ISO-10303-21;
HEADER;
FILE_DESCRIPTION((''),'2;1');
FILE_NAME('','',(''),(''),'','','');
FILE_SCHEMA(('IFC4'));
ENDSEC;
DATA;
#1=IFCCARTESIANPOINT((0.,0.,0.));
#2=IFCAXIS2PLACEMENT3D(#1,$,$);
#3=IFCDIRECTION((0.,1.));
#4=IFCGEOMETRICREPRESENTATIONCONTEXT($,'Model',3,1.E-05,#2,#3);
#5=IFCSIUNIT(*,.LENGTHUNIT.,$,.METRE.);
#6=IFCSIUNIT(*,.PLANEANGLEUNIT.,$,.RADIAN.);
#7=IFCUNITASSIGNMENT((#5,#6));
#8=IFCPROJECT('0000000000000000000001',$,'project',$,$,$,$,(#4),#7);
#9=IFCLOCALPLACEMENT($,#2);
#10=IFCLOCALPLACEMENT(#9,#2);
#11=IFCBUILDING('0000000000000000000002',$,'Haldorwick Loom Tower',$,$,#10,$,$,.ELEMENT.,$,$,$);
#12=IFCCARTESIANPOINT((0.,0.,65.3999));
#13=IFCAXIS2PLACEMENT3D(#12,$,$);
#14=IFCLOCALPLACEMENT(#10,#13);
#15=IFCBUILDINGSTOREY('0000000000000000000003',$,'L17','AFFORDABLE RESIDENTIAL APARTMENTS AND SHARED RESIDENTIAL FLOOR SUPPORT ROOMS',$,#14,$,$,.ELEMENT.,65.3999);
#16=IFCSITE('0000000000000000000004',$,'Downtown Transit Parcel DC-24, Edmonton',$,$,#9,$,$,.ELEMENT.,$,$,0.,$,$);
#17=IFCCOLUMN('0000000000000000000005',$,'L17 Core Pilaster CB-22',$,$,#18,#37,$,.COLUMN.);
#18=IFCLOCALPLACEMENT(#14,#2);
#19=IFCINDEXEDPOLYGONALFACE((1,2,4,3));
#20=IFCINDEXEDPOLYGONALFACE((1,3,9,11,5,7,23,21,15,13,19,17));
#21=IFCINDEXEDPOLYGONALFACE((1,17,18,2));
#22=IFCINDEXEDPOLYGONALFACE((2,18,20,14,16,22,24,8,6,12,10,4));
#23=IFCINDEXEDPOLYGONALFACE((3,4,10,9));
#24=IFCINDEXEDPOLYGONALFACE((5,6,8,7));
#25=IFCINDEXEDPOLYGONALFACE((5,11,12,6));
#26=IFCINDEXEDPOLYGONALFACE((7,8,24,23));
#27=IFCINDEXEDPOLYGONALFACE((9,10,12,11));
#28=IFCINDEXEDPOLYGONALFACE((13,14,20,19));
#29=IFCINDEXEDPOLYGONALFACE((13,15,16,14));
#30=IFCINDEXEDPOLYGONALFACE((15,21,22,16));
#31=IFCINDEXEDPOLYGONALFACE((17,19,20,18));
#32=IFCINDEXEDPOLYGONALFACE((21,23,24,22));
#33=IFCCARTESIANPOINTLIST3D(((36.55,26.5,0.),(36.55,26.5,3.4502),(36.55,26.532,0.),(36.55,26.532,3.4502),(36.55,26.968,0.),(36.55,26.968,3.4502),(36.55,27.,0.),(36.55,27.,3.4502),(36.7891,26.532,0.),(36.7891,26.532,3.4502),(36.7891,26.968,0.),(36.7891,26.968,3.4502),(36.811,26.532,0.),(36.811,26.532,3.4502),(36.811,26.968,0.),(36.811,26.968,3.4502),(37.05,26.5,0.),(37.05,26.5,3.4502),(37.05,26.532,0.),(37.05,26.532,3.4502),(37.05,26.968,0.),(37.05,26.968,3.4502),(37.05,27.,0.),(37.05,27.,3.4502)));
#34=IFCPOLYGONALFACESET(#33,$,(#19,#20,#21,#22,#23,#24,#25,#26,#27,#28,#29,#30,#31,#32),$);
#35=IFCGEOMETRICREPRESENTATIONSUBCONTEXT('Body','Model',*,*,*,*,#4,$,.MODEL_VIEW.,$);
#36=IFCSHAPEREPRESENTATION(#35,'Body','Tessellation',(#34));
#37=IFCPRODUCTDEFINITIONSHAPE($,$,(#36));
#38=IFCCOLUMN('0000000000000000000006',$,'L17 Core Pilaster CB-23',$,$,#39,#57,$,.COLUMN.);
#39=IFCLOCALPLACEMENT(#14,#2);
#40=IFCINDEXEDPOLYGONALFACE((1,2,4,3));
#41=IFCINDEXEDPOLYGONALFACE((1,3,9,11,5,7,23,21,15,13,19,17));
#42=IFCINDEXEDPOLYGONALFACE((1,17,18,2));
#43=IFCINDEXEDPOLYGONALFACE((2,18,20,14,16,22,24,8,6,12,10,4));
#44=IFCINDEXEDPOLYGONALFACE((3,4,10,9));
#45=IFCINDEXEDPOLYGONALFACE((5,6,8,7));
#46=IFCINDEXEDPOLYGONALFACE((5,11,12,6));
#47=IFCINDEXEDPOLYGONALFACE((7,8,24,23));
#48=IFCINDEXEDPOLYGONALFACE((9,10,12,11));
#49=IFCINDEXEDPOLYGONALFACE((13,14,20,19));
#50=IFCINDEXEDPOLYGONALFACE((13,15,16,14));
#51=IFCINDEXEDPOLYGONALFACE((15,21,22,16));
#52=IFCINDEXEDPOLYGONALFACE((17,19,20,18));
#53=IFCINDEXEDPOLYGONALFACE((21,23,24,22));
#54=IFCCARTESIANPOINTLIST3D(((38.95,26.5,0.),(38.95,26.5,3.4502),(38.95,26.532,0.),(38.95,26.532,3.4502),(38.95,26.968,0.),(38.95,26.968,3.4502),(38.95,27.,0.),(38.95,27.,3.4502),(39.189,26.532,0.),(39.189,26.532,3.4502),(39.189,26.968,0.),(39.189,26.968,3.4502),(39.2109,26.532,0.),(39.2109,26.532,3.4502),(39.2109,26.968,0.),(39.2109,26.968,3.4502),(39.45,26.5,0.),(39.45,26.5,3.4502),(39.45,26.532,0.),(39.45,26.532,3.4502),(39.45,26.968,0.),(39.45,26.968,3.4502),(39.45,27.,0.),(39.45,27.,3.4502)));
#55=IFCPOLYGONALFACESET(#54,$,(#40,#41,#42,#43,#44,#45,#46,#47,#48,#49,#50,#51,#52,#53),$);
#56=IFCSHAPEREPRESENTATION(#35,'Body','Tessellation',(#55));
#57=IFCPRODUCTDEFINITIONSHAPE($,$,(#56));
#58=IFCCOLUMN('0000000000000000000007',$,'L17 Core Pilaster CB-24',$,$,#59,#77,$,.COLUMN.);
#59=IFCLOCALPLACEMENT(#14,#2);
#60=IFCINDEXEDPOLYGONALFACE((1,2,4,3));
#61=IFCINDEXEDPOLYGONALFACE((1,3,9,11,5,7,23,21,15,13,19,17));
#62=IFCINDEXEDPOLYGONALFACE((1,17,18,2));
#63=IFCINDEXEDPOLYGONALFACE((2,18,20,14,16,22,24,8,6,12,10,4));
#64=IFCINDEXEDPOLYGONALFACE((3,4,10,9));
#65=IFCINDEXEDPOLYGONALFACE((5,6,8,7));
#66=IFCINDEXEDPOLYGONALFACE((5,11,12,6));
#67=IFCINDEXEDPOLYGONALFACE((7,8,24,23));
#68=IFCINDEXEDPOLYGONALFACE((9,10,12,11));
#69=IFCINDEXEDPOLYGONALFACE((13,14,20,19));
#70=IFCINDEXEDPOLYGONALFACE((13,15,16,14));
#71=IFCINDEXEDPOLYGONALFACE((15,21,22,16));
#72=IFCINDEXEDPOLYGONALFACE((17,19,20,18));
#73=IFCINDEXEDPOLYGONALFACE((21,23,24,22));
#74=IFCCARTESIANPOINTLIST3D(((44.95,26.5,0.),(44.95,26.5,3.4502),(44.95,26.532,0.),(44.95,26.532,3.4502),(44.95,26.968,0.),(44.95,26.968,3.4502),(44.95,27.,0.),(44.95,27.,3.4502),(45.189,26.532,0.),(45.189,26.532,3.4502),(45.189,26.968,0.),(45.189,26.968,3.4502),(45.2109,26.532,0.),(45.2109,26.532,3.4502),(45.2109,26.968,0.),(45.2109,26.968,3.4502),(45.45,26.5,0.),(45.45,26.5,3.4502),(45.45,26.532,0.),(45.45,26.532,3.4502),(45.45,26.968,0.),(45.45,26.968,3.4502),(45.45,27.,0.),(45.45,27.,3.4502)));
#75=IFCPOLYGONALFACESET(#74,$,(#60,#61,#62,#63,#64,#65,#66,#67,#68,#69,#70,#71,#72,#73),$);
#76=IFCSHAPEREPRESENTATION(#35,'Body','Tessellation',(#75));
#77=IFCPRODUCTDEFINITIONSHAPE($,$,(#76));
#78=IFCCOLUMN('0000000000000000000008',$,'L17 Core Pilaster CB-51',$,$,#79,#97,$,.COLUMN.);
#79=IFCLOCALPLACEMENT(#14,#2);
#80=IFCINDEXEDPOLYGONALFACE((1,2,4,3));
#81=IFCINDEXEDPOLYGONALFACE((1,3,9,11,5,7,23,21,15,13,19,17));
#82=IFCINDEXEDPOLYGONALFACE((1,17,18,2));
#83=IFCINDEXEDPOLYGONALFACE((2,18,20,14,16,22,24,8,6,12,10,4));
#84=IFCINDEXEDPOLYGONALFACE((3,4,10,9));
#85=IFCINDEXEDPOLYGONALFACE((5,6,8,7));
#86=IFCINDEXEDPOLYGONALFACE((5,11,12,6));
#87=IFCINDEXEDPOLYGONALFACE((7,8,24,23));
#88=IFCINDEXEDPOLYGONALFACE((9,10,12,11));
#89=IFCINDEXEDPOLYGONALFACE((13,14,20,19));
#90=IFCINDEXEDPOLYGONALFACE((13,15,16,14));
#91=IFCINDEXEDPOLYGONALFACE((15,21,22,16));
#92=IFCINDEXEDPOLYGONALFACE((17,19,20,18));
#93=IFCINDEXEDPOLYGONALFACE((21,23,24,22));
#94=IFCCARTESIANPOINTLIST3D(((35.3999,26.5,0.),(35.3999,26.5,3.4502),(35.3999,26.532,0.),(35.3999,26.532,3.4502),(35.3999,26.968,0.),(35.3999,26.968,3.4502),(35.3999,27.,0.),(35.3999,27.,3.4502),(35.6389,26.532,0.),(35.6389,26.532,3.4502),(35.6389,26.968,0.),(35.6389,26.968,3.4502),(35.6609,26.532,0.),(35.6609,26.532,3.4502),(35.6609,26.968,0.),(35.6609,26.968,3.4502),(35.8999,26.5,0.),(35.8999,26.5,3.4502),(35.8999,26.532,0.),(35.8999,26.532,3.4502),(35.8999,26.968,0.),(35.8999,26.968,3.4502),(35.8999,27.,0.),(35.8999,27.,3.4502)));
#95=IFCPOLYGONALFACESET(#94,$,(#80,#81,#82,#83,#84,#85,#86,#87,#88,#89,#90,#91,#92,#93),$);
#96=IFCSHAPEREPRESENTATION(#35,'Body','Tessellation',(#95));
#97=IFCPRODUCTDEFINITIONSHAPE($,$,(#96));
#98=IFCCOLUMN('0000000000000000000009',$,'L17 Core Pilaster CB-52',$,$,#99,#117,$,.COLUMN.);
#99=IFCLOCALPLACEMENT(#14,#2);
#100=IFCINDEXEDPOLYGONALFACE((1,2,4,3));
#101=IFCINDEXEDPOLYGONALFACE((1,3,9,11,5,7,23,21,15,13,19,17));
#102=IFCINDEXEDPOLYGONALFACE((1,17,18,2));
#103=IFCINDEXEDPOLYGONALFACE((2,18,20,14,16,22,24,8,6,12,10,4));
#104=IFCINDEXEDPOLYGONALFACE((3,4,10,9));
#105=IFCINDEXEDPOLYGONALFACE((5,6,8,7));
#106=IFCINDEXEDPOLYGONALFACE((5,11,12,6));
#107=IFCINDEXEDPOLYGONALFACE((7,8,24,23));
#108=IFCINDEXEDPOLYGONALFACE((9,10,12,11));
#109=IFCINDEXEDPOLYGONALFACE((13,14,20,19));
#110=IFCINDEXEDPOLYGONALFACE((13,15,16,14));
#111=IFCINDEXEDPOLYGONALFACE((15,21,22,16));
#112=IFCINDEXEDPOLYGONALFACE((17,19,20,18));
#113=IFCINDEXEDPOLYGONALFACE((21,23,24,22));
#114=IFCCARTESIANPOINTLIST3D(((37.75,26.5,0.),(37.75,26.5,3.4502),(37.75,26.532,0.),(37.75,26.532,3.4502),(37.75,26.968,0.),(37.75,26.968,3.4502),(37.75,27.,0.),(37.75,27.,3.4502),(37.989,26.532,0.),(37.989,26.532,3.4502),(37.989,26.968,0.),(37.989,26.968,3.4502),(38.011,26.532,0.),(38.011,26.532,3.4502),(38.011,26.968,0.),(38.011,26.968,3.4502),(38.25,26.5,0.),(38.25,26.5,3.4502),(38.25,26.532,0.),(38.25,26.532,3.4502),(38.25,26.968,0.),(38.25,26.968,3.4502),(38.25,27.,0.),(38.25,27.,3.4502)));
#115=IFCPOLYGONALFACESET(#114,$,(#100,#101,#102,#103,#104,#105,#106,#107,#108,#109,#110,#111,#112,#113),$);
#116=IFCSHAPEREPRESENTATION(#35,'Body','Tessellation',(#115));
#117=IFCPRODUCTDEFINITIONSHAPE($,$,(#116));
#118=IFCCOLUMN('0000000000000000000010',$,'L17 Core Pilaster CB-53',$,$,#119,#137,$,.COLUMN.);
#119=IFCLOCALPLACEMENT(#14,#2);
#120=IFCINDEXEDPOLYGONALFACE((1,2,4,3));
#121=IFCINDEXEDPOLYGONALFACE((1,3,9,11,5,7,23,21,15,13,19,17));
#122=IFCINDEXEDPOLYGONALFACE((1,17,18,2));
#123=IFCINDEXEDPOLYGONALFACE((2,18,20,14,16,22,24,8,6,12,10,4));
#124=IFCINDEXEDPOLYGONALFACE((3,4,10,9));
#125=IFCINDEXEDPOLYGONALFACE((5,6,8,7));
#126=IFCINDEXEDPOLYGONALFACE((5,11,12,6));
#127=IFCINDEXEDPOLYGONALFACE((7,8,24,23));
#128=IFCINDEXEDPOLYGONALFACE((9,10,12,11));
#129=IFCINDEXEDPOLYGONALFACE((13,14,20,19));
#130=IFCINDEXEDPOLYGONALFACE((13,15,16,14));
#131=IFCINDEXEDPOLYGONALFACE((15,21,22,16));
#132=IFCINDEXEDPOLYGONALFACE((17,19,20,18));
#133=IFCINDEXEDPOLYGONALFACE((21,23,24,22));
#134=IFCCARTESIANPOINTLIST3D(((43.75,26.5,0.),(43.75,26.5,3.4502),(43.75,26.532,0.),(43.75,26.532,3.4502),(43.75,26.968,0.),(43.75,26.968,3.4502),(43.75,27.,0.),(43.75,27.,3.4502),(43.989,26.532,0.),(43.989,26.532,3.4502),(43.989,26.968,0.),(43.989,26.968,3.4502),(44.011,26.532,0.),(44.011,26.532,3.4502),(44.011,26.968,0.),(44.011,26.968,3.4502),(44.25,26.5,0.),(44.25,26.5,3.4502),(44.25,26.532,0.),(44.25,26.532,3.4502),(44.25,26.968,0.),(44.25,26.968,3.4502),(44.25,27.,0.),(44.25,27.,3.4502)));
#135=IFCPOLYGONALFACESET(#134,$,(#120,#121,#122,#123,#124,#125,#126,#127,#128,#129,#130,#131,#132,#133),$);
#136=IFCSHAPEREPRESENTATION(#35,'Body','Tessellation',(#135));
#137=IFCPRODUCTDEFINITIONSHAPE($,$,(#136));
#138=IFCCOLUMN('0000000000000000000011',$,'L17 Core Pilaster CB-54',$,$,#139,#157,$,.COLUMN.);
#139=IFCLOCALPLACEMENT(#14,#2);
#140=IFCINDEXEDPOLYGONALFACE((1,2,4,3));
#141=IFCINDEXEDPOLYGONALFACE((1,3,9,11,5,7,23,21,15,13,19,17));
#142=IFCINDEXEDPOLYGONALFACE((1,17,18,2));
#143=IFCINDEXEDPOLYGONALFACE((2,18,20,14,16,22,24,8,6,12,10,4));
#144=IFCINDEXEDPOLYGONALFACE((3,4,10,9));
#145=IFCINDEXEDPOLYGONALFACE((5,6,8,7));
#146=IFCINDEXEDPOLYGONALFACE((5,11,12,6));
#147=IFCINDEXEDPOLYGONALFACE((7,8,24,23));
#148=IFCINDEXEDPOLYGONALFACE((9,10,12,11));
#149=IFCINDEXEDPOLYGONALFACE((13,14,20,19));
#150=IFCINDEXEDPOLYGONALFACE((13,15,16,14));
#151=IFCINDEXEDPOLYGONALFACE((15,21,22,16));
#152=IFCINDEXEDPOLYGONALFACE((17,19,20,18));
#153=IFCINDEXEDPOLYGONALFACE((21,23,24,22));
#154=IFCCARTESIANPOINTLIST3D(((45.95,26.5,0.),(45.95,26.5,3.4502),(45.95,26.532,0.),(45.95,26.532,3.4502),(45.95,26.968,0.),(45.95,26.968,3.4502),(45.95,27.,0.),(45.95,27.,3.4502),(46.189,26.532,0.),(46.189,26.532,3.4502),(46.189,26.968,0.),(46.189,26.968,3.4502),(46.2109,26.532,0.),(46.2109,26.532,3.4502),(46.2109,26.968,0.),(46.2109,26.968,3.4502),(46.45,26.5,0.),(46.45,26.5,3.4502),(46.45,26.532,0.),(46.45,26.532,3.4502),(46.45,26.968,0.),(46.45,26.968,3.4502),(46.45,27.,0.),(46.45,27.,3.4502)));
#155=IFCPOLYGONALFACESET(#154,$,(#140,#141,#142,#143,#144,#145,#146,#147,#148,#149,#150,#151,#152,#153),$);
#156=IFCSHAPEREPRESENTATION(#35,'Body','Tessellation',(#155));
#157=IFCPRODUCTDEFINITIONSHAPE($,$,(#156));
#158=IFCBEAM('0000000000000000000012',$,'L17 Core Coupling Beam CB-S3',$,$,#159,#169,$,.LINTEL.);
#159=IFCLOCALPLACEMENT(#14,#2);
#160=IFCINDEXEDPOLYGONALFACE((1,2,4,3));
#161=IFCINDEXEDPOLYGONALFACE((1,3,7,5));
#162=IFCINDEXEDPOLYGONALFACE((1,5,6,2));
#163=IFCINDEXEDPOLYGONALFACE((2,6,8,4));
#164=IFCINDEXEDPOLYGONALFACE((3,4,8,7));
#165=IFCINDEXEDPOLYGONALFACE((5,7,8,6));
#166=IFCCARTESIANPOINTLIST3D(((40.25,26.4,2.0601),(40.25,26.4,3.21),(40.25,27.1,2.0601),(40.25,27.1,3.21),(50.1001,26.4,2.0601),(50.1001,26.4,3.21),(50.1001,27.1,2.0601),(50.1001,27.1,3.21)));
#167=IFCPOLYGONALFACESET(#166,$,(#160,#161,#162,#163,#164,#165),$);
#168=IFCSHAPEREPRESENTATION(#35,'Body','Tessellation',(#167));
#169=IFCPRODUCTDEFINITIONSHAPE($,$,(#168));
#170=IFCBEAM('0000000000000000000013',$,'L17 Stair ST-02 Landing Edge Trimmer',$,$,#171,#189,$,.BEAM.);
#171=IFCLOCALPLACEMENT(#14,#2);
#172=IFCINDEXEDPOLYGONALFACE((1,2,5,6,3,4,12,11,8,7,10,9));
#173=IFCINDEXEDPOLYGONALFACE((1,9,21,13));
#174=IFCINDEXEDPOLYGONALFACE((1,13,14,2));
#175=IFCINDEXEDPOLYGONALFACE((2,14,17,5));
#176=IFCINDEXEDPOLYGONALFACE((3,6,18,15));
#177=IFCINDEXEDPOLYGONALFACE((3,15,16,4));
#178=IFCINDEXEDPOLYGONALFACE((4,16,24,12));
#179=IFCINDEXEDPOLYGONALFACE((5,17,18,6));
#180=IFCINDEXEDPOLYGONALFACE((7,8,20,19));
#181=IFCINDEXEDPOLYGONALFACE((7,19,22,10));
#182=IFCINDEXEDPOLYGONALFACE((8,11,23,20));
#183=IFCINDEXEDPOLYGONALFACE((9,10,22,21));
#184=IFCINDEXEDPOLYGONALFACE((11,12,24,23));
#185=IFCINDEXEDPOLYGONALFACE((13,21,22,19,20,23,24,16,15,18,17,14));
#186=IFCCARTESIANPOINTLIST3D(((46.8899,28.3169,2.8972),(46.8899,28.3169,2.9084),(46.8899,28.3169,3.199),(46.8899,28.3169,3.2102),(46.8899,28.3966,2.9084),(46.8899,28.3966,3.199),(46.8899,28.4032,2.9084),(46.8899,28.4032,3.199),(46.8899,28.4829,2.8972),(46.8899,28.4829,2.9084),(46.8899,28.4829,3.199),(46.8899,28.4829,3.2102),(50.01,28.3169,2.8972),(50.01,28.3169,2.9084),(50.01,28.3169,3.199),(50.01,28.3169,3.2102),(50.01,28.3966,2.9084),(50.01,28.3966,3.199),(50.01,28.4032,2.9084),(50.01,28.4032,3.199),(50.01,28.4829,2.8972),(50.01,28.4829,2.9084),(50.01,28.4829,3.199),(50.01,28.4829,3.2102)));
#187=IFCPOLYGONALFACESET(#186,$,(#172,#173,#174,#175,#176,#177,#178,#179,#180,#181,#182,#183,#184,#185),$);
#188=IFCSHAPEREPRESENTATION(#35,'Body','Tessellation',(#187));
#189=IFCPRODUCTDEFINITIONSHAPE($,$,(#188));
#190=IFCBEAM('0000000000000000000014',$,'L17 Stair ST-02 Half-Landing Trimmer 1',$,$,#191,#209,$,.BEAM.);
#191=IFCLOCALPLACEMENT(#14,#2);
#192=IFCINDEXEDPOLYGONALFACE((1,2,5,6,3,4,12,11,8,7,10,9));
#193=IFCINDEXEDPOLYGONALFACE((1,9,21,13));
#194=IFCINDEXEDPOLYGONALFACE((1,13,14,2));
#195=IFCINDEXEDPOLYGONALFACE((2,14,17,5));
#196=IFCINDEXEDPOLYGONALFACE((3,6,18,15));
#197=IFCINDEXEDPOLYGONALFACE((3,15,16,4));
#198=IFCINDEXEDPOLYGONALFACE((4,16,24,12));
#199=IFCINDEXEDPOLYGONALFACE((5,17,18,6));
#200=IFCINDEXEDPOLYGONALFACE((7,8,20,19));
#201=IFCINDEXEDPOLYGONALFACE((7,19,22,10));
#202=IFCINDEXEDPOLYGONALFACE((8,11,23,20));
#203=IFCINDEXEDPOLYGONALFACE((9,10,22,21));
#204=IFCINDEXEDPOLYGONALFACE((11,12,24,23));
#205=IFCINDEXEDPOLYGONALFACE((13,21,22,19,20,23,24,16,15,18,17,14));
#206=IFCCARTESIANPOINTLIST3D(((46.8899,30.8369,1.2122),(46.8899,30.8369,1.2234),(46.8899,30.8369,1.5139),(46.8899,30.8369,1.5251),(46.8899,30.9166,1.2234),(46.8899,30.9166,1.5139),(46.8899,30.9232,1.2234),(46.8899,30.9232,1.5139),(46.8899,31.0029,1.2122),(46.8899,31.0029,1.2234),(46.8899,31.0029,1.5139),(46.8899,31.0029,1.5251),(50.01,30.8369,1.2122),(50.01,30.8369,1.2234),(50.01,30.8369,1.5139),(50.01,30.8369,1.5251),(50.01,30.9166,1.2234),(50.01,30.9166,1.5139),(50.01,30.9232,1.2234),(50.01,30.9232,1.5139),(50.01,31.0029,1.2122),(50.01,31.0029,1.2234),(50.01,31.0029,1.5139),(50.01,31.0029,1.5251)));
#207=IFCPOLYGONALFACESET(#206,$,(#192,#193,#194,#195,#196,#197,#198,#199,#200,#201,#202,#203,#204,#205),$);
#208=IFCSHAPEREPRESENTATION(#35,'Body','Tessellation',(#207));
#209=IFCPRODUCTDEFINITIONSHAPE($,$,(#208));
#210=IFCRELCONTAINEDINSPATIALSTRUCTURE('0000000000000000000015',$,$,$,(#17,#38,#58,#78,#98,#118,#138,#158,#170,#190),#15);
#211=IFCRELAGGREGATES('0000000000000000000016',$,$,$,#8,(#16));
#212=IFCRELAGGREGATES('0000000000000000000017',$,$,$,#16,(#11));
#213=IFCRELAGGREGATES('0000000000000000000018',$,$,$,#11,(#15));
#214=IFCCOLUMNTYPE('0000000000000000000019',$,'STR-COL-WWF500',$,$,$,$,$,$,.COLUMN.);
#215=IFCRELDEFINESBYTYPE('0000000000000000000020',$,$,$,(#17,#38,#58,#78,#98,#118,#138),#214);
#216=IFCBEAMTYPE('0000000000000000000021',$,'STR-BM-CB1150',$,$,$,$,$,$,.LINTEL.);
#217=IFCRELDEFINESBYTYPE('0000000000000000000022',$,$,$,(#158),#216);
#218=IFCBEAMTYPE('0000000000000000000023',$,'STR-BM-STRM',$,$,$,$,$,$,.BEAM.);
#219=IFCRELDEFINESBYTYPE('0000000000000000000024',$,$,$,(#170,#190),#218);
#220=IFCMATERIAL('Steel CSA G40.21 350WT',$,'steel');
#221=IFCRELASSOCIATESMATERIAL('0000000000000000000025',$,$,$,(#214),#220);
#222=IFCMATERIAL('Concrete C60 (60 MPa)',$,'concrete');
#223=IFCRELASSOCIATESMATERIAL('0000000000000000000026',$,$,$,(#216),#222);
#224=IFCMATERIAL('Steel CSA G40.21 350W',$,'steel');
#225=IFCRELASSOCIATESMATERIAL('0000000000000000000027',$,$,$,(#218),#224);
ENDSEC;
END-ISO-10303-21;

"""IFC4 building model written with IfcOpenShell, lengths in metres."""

from ifc_helpers import new_model, si_unit, direction, frame, origin, origin_2d, place, context, subcontext, project, spatial, rectangle, i_section, extrude, material, material_profile, profile_set, type_object, element, save


model = new_model("IFC4")

# Units and contexts
model_context = context("Model", 3, precision=1e-05, world=origin(), true_north=direction((0.0, 1.0)))
body_context = subcontext(model_context, "Body", "Model", "MODEL_VIEW")
ifc_project = project(units=[si_unit("LENGTHUNIT", "METRE"), si_unit("PLANEANGLEUNIT", "RADIAN")], contexts=[model_context])

# Site, building, storey
site_placement = place(None, origin())
site = spatial("IfcSite", under=ifc_project, at=site_placement, Name="Downtown Transit Parcel DC-24, Edmonton", CompositionType="ELEMENT", RefElevation=0.0)
building_placement = place(site_placement, origin())
building = spatial("IfcBuilding", under=site, at=building_placement, Name="Haldorwick Loom Tower", CompositionType="ELEMENT")
storey_placement = place(building_placement, frame((0.0, 0.0, 65.3999)))
storey = spatial("IfcBuildingStorey", under=building, at=storey_placement, Name="L17", Description="AFFORDABLE RESIDENTIAL APARTMENTS AND SHARED RESIDENTIAL FLOOR SUPPORT ROOMS", CompositionType="ELEMENT", Elevation=65.3999)

# Columns
ifc_material_1 = material(Name="Steel CSA G40.21 350WT", Category="steel")
ifc_material_profile_1 = material_profile(ifc_material_1, i_section(OverallWidth=0.5, OverallDepth=0.5, WebThickness=0.022, FlangeThickness=0.032, at=origin_2d()), Name="WWF500X500", Category="steel")
ifc_profile_set_1 = profile_set([ifc_material_profile_1], Name="Steel CSA G40.21 350WT")
column_type = type_object("IfcColumnType", Name="STR-COL-WWF500", PredefinedType="COLUMN", material=ifc_profile_set_1)
for number, where, z_axis, x_axis, name in (
    (1, (36.8, 26.75, 0.0), (0.0, 0.0, 1.0), (1.0, 0.0, 0.0), "L17 Core Pilaster CB-22"),
    (2, (39.2, 26.75, 0.0), (0.0, 0.0, 1.0), (1.0, 0.0, 0.0), "L17 Core Pilaster CB-23"),
    (3, (45.2, 26.75, 0.0), (0.0, 0.0, 1.0), (1.0, 0.0, 0.0), "L17 Core Pilaster CB-24"),
    (4, (35.6499, 26.75, 0.0), (0.0, 0.0, 1.0), (1.0, 0.0, 0.0), "L17 Core Pilaster CB-51"),
    (5, (38.0, 26.75, 0.0), (0.0, 0.0, 1.0), (1.0, 0.0, 0.0), "L17 Core Pilaster CB-52"),
    (6, (44.0, 26.75, 0.0), (0.0, 0.0, 1.0), (1.0, 0.0, 0.0), "L17 Core Pilaster CB-53"),
    (7, (46.2, 26.75, 0.0), (0.0, 0.0, 1.0), (1.0, 0.0, 0.0), "L17 Core Pilaster CB-54"),
):
    element("IfcColumn", number, at=place(storey_placement, frame(where, z_axis=z_axis, x_axis=x_axis)), inside=storey, type_object=column_type, Name=name, PredefinedType="COLUMN", context=body_context, shape_type="SweptSolid", body=[
        extrude(i_section(OverallWidth=0.5, OverallDepth=0.5, WebThickness=0.022, FlangeThickness=0.032, at=origin_2d()), origin(), (0.0, 0.0, 1.0), 3.4502),
    ])

# Beams
ifc_material_2 = material(Name="Concrete C60 (60 MPa)", Category="concrete")
ifc_material_profile_2 = material_profile(ifc_material_2, rectangle(XDim=0.7, YDim=1.1499, at=origin_2d()), Name="RC700X1150", Category="concrete")
ifc_profile_set_2 = profile_set([ifc_material_profile_2], Name="Concrete C60 (60 MPa)")
beam_type_1 = type_object("IfcBeamType", Name="STR-BM-CB1150", PredefinedType="LINTEL", material=ifc_profile_set_2)
beam_placement = place(storey_placement, frame((40.25, 26.75, 2.635), z_axis=(1.0, 0.0, 0.0), x_axis=(0.0, 1.0, 0.0)))
element("IfcBeam", 8, at=beam_placement, inside=storey, type_object=beam_type_1, Name="L17 Core Coupling Beam CB-S3", PredefinedType="LINTEL", context=body_context, shape_type="SweptSolid", body=[
    extrude(rectangle(XDim=0.7, YDim=1.1499, at=origin_2d()), origin(), (0.0, 0.0, 1.0), 9.8501),
])
ifc_material_3 = material(Name="Steel CSA G40.21 350W", Category="steel")
ifc_material_profile_3 = material_profile(ifc_material_3, i_section(OverallWidth=0.166, OverallDepth=0.313, WebThickness=0.0066, FlangeThickness=0.0112, at=origin_2d()), Name="W310X45", Category="steel")
ifc_profile_set_3 = profile_set([ifc_material_profile_3], Name="Steel CSA G40.21 350W")
beam_type_2 = type_object("IfcBeamType", Name="STR-BM-STRM", PredefinedType="BEAM", material=ifc_profile_set_3)
for number, where, z_axis, x_axis, name in (
    (9, (46.8899, 28.3999, 3.0537), (1.0, 0.0, 0.0), (0.0, 1.0, 0.0), "L17 Stair ST-02 Landing Edge Trimmer"),
    (10, (46.8899, 30.9199, 1.3687), (1.0, 0.0, 0.0), (0.0, 1.0, 0.0), "L17 Stair ST-02 Half-Landing Trimmer 1"),
):
    element("IfcBeam", number, at=place(storey_placement, frame(where, z_axis=z_axis, x_axis=x_axis)), inside=storey, type_object=beam_type_2, Name=name, PredefinedType="BEAM", context=body_context, shape_type="SweptSolid", body=[
        extrude(i_section(OverallWidth=0.166, OverallDepth=0.313, WebThickness=0.0066, FlangeThickness=0.0112, at=origin_2d()), origin(), (0.0, 0.0, 1.0), 3.1201),
    ])

save(model, "model.ifc")
